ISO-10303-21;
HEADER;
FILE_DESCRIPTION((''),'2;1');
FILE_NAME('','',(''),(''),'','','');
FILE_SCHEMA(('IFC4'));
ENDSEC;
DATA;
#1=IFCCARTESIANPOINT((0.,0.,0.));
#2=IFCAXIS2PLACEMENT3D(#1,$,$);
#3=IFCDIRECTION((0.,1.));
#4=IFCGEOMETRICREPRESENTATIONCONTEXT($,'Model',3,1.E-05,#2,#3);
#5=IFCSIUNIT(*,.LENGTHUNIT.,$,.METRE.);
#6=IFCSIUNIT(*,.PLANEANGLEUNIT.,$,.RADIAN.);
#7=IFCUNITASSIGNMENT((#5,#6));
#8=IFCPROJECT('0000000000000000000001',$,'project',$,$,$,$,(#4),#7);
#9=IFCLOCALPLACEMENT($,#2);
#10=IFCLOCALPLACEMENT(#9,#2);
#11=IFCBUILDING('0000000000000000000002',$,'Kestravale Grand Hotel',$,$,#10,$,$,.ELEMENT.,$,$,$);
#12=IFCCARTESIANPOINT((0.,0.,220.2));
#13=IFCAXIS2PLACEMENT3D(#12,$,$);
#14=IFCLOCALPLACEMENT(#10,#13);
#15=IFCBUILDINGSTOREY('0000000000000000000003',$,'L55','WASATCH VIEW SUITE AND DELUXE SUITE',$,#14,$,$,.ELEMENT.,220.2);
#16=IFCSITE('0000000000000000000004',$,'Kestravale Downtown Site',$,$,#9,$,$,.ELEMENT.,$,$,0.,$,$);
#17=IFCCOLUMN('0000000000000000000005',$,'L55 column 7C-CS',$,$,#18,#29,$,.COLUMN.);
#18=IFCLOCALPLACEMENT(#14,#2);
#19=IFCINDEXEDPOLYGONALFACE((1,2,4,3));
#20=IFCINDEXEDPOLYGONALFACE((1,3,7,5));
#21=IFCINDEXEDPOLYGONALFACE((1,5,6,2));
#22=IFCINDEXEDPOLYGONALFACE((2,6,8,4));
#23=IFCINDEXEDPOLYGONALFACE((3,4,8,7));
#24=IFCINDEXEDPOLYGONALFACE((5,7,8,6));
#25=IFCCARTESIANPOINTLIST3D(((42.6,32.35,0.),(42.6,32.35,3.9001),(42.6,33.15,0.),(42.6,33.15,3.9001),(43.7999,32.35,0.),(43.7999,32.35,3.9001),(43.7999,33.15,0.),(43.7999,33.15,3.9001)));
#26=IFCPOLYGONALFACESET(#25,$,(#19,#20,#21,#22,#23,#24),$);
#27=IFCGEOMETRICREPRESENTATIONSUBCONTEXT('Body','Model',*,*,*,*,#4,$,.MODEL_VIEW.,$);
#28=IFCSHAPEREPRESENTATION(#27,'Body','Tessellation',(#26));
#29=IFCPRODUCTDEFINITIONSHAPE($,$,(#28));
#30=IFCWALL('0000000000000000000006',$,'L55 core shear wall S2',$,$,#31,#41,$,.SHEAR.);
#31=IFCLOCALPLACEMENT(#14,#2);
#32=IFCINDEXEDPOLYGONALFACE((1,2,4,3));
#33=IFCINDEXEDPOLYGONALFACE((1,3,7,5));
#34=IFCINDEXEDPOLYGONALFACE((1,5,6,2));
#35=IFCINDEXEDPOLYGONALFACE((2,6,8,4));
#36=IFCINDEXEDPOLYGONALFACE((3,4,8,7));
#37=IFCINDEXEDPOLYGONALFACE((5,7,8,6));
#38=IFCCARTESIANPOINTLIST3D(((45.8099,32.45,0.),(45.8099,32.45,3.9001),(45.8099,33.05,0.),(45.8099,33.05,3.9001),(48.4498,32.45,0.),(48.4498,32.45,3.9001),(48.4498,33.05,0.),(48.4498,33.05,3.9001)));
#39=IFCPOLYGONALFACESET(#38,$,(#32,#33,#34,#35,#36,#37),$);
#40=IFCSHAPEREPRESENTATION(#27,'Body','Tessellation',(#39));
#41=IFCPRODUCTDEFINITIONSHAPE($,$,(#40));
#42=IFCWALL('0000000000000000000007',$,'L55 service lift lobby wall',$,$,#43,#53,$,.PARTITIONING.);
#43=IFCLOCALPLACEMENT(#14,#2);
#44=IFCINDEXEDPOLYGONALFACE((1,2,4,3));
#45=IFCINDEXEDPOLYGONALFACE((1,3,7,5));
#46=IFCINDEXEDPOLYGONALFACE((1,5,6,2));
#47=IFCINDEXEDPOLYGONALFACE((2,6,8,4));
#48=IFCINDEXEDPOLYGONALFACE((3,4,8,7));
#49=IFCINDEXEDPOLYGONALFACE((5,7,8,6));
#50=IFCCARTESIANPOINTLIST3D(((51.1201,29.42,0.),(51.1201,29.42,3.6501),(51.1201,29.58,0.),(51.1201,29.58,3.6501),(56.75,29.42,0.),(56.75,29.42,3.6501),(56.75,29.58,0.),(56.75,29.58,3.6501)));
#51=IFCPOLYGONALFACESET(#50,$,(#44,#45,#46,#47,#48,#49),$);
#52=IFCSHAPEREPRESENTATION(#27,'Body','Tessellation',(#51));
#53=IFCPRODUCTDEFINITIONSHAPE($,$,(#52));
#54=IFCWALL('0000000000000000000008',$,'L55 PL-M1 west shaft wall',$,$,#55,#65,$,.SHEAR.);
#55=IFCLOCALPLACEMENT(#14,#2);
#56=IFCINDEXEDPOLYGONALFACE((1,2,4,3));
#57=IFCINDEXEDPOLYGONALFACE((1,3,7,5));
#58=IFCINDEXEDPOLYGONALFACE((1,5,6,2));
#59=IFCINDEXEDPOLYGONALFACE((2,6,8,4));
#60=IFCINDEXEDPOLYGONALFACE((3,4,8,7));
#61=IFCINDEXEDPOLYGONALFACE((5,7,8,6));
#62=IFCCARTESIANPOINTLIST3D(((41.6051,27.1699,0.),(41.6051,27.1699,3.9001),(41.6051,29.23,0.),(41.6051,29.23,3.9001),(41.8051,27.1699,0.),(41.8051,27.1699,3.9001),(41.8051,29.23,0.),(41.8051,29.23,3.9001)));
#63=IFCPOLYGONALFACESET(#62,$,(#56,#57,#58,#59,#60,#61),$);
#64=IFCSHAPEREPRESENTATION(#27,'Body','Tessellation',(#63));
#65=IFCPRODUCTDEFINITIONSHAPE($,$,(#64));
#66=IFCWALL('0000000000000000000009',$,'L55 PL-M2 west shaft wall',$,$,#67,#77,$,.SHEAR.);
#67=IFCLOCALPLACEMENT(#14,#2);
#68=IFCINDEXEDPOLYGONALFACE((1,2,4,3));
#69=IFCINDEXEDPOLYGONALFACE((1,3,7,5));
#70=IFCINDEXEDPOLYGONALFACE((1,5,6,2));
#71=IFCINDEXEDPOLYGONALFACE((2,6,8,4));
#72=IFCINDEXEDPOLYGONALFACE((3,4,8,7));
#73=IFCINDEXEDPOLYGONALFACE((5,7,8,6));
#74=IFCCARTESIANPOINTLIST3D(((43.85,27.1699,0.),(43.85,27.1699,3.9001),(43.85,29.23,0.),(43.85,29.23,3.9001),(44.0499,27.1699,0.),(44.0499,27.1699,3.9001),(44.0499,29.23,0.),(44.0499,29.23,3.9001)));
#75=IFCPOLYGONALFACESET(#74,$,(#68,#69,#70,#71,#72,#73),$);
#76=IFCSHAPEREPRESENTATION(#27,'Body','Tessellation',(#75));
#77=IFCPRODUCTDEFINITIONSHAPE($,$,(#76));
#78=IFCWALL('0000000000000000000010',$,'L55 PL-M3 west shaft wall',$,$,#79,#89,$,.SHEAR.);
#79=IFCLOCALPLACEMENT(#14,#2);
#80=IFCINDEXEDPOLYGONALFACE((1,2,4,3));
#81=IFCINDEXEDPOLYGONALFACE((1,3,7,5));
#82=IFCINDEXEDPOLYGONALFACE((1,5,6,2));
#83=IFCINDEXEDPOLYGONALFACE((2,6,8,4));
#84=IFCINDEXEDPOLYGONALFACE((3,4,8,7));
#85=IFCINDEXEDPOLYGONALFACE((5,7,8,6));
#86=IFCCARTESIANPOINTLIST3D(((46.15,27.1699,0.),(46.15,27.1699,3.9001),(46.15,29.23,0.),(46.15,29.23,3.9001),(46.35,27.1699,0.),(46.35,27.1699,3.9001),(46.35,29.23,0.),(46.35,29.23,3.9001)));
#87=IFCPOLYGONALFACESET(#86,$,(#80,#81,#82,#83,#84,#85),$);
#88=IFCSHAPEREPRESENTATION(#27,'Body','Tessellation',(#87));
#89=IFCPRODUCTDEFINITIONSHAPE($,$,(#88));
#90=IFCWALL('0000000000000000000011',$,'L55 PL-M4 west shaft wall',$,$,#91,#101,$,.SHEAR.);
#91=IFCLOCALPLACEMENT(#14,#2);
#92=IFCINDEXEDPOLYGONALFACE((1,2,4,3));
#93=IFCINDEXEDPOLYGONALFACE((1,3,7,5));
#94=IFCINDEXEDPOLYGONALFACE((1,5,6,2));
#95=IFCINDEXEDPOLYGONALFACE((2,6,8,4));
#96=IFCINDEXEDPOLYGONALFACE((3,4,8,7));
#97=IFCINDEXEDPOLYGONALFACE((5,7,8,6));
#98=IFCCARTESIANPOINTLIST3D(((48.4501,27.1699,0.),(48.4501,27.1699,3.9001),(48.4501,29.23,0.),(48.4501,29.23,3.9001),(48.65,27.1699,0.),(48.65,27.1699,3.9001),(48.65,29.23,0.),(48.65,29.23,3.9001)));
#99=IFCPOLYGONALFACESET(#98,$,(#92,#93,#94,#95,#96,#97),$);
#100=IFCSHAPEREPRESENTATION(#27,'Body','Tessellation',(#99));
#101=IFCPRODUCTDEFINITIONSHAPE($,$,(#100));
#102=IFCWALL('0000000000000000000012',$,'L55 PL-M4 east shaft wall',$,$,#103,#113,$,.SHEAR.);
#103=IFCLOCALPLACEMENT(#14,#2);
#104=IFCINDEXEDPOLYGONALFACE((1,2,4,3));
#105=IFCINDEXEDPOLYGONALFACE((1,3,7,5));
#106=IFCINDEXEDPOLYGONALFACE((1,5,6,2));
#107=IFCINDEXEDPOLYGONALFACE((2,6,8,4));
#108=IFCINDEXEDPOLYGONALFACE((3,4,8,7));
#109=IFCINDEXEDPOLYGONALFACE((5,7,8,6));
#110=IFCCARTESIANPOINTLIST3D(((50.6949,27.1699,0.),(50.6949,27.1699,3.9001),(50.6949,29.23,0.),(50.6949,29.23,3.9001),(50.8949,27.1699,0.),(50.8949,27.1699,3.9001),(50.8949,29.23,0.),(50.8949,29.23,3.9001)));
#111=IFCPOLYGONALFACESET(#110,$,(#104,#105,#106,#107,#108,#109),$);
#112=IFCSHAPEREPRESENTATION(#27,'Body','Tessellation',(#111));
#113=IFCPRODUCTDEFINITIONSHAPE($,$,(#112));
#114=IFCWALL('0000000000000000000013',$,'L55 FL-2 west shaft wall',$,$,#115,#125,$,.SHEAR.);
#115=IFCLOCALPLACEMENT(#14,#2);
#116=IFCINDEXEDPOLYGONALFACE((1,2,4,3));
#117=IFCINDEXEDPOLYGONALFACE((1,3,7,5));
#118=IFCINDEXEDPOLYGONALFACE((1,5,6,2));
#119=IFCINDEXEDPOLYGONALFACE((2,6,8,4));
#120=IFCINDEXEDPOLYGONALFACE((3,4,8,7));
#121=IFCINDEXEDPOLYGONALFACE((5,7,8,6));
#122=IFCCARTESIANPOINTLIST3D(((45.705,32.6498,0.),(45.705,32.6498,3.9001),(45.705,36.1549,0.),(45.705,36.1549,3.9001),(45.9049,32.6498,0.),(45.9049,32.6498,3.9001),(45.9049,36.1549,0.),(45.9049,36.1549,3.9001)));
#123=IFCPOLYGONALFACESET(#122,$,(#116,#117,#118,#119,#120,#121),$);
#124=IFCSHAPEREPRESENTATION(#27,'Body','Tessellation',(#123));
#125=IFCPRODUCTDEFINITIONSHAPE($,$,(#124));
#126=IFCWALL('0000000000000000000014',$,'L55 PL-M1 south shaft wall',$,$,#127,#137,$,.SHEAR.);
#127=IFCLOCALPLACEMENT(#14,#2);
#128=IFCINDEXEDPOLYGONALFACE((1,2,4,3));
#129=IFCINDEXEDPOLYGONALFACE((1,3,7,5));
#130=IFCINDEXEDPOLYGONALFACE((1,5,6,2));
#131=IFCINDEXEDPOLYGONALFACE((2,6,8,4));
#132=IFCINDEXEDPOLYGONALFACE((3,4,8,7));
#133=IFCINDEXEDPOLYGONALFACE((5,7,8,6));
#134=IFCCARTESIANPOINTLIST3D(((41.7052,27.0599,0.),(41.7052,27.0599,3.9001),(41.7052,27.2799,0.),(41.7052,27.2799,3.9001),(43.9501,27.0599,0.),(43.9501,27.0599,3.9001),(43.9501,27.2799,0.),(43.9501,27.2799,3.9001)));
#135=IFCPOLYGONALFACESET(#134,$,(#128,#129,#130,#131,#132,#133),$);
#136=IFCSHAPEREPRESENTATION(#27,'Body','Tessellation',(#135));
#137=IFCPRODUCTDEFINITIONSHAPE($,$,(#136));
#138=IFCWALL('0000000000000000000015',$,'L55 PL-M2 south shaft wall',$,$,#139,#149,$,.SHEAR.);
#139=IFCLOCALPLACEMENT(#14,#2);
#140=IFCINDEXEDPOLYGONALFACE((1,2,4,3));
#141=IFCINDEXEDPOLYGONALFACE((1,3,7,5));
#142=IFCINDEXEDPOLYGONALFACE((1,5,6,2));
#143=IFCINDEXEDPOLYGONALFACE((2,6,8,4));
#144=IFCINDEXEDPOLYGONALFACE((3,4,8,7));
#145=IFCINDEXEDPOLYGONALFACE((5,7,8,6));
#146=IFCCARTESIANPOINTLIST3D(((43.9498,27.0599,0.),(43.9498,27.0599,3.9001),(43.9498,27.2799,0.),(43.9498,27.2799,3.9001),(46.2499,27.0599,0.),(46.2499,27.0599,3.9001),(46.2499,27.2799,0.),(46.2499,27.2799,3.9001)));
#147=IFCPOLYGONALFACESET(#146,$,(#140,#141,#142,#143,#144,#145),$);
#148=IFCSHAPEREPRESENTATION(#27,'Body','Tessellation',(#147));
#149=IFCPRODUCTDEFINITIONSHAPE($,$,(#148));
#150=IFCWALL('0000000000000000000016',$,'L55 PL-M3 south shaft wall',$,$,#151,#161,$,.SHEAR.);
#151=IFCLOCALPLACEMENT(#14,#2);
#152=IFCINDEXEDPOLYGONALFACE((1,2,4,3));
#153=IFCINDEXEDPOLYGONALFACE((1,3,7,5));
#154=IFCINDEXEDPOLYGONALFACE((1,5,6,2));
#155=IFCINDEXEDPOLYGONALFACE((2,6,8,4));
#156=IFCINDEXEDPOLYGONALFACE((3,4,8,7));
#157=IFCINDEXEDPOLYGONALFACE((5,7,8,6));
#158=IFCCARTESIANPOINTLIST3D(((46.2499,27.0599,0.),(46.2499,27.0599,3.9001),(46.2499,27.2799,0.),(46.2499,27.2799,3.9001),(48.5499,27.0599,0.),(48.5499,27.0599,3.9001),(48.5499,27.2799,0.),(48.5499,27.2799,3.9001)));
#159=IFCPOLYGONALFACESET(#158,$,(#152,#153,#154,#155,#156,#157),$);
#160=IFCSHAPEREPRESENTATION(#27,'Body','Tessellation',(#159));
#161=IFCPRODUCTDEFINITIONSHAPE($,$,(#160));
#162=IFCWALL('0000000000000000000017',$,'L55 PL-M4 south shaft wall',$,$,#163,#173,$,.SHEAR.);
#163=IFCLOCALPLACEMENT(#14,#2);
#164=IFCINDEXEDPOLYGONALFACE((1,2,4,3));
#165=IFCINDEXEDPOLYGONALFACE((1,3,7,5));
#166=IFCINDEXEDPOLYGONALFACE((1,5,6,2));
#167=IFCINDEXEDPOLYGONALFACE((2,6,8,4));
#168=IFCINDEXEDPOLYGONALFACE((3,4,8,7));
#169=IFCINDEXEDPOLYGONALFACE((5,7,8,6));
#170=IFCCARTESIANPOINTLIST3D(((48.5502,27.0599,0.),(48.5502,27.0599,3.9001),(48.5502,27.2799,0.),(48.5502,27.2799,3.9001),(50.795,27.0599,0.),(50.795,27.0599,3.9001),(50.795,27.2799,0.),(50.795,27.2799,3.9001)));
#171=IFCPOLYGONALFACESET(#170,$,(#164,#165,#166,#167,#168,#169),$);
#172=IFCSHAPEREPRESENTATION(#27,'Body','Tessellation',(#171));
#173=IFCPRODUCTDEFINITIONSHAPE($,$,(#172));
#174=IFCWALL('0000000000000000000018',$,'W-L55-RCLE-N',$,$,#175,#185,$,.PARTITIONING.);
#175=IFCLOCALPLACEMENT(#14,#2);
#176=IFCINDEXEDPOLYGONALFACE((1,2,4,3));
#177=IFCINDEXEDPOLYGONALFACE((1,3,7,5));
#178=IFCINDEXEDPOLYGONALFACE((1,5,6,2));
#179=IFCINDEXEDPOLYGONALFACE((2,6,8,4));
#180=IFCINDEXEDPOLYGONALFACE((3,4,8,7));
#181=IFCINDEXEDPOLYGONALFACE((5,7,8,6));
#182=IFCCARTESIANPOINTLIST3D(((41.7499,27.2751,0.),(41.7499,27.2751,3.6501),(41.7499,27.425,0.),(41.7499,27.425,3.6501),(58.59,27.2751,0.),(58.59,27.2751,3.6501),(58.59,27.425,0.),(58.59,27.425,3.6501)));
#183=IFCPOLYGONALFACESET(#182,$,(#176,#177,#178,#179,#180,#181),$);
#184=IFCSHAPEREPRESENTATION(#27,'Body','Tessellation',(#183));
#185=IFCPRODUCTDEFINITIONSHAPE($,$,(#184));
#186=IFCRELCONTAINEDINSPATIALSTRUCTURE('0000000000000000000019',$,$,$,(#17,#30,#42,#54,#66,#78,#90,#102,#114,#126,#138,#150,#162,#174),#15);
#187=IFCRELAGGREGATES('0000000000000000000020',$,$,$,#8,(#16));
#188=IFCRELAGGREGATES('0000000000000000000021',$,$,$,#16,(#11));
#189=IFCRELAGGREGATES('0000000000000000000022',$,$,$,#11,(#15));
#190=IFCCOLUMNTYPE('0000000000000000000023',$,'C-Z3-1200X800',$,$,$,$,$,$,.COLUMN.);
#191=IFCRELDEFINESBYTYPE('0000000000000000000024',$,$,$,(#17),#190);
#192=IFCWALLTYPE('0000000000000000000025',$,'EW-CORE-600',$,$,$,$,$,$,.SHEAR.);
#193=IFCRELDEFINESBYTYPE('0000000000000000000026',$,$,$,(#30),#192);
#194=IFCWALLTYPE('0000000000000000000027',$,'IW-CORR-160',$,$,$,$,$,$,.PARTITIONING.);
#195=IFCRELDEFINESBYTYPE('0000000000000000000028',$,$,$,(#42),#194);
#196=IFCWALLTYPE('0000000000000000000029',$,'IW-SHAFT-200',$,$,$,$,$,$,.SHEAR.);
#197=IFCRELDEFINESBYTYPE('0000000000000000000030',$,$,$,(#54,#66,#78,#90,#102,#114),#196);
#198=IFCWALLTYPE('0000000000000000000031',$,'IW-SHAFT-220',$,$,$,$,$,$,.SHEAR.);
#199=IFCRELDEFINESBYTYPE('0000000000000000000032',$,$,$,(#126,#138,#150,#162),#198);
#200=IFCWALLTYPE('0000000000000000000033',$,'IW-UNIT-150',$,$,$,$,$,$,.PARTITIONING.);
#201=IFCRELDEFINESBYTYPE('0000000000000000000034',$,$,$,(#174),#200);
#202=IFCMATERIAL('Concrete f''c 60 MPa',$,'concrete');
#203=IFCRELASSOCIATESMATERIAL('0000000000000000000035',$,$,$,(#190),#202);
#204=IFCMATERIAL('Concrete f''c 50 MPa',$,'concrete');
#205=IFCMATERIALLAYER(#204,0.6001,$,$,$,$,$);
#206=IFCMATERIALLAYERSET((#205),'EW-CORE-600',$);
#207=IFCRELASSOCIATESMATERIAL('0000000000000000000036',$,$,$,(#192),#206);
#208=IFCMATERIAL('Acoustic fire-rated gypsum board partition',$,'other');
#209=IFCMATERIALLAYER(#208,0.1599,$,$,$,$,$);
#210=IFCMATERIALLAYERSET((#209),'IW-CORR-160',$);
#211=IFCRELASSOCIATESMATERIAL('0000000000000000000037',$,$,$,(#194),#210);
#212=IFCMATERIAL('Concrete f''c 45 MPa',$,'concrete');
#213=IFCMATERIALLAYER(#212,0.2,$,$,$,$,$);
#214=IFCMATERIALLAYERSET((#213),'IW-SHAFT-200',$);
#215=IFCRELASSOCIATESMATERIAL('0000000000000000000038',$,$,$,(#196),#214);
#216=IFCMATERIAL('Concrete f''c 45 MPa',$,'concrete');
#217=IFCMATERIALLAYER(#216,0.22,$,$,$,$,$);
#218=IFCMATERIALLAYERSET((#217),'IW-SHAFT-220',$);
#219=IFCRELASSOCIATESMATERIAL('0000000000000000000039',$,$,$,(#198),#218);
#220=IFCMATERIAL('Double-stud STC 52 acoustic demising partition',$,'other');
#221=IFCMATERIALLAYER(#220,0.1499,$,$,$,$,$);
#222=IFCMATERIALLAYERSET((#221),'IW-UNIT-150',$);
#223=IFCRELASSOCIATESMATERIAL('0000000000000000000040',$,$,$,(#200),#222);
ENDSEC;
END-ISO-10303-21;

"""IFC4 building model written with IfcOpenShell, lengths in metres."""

from ifc_helpers import new_model, si_unit, direction, frame, frame_2d, origin, origin_2d, place, context, subcontext, project, spatial, rectangle, extrude, material, layer, layer_set, material_profile, profile_set, type_object, element, save


model = new_model("IFC4")

# Units and contexts
model_context = context("Model", 3, precision=1e-05, world=origin(), true_north=direction((0.0, 1.0)))
body_context = subcontext(model_context, "Body", "Model", "MODEL_VIEW")
ifc_project = project(units=[si_unit("LENGTHUNIT", "METRE"), si_unit("PLANEANGLEUNIT", "RADIAN")], contexts=[model_context])

# Site, building, storey
site_placement = place(None, origin())
site = spatial("IfcSite", under=ifc_project, at=site_placement, Name="Kestravale Downtown Site", CompositionType="ELEMENT", RefElevation=0.0)
building_placement = place(site_placement, origin())
building = spatial("IfcBuilding", under=site, at=building_placement, Name="Kestravale Grand Hotel", CompositionType="ELEMENT")
storey_placement = place(building_placement, frame((0.0, 0.0, 220.2)))
storey = spatial("IfcBuildingStorey", under=building, at=storey_placement, Name="L55", Description="WASATCH VIEW SUITE AND DELUXE SUITE", CompositionType="ELEMENT", Elevation=220.2)

# Column
ifc_material_1 = material(Name="Concrete f'c 60 MPa", Category="concrete")
ifc_material_profile = material_profile(ifc_material_1, rectangle(XDim=1.2, YDim=0.8, at=origin_2d()))
ifc_profile_set = profile_set([ifc_material_profile], Name="Concrete f'c 60 MPa")
column_type = type_object("IfcColumnType", Name="C-Z3-1200X800", PredefinedType="COLUMN", material=ifc_profile_set)
column_placement = place(storey_placement, frame((43.2, 32.75, 0.0), z_axis=(0.0, 0.0, 1.0), x_axis=(1.0, 0.0, 0.0)))
element("IfcColumn", 1, at=column_placement, inside=storey, type_object=column_type, Name="L55 column 7C-CS", PredefinedType="COLUMN", context=body_context, shape_type="SweptSolid", body=[
    extrude(rectangle(XDim=1.2, YDim=0.8, at=origin_2d()), origin(), (0.0, 0.0, 1.0), 3.9001),
])

# Wall
ifc_material_2 = material(Name="Concrete f'c 50 MPa", Category="concrete")
ifc_layer_1 = layer(ifc_material_2, 0.6001)
ifc_layer_set_1 = layer_set([ifc_layer_1], Name="EW-CORE-600")
wall_type_1 = type_object("IfcWallType", Name="EW-CORE-600", PredefinedType="SHEAR", material=ifc_layer_set_1)
wall_1_placement = place(storey_placement, frame((45.8101, 32.75, 0.0), z_axis=(0.0, 0.0, 1.0), x_axis=(1.0, 0.0, 0.0)))
element("IfcWall", 2, at=wall_1_placement, inside=storey, type_object=wall_type_1, Name="L55 core shear wall S2", PredefinedType="SHEAR", context=body_context, shape_type="SweptSolid", body=[
    extrude(rectangle(XDim=2.6399, YDim=0.6001, at=frame_2d((1.3198, 0.0))), origin(), (0.0, 0.0, 1.0), 3.9001),
])

# Shared definitions
ifc_material_3 = material(Name="Acoustic fire-rated gypsum board partition", Category="other")
ifc_layer_2 = layer(ifc_material_3, 0.1599)
ifc_layer_set_2 = layer_set([ifc_layer_2], Name="IW-CORR-160")
wall_type_2 = type_object("IfcWallType", Name="IW-CORR-160", PredefinedType="PARTITIONING", material=ifc_layer_set_2)

# Walls
wall_2_placement = place(storey_placement, frame((51.1201, 29.5, 0.0), z_axis=(0.0, 0.0, 1.0), x_axis=(1.0, 0.0, 0.0)))
element("IfcWall", 3, at=wall_2_placement, inside=storey, type_object=wall_type_2, Name="L55 service lift lobby wall", PredefinedType="PARTITIONING", context=body_context, shape_type="SweptSolid", body=[
    extrude(rectangle(XDim=5.6299, YDim=0.1599, at=frame_2d((2.8149, 0.0))), origin(), (0.0, 0.0, 1.0), 3.6501),
])
ifc_material_4 = material(Name="Concrete f'c 45 MPa", Category="concrete")
ifc_layer_3 = layer(ifc_material_4, 0.2)
ifc_layer_set_3 = layer_set([ifc_layer_3], Name="IW-SHAFT-200")
wall_type_3 = type_object("IfcWallType", Name="IW-SHAFT-200", PredefinedType="SHEAR", material=ifc_layer_set_3)
for number, where, z_axis, x_axis, name in (
    (4, (41.7051, 27.1699, 0.0), (0.0, 0.0, 1.0), (0.0, 1.0, 0.0), "L55 PL-M1 west shaft wall"),
    (5, (43.95, 27.1699, 0.0), (0.0, 0.0, 1.0), (0.0, 1.0, 0.0), "L55 PL-M2 west shaft wall"),
    (6, (46.25, 27.1699, 0.0), (0.0, 0.0, 1.0), (0.0, 1.0, 0.0), "L55 PL-M3 west shaft wall"),
    (7, (48.55, 27.1699, 0.0), (0.0, 0.0, 1.0), (0.0, 1.0, 0.0), "L55 PL-M4 west shaft wall"),
    (8, (50.7949, 27.1699, 0.0), (0.0, 0.0, 1.0), (0.0, 1.0, 0.0), "L55 PL-M4 east shaft wall"),
):
    element("IfcWall", number, at=place(storey_placement, frame(where, z_axis=z_axis, x_axis=x_axis)), inside=storey, type_object=wall_type_3, Name=name, PredefinedType="SHEAR", context=body_context, shape_type="SweptSolid", body=[
        extrude(rectangle(XDim=2.0601, YDim=0.2, at=frame_2d((1.03, 0.0))), origin(), (0.0, 0.0, 1.0), 3.9001),
    ])
wall_3_placement = place(storey_placement, frame((45.8049, 32.6499, 0.0), z_axis=(0.0, 0.0, 1.0), x_axis=(0.0, 1.0, 0.0)))
element("IfcWall", 9, at=wall_3_placement, inside=storey, type_object=wall_type_3, Name="L55 FL-2 west shaft wall", PredefinedType="SHEAR", context=body_context, shape_type="SweptSolid", body=[
    extrude(rectangle(XDim=3.5051, YDim=0.2, at=frame_2d((1.7524, 0.0))), origin(), (0.0, 0.0, 1.0), 3.9001),
])

# Shared definitions
ifc_material_5 = material(Name="Concrete f'c 45 MPa", Category="concrete")
ifc_layer_4 = layer(ifc_material_5, 0.22)
ifc_layer_set_4 = layer_set([ifc_layer_4], Name="IW-SHAFT-220")
wall_type_4 = type_object("IfcWallType", Name="IW-SHAFT-220", PredefinedType="SHEAR", material=ifc_layer_set_4)

# Wall
wall_4_placement = place(storey_placement, frame((41.7051, 27.1699, 0.0), z_axis=(0.0, 0.0, 1.0), x_axis=(1.0, 0.0, 0.0)))
element("IfcWall", 10, at=wall_4_placement, inside=storey, type_object=wall_type_4, Name="L55 PL-M1 south shaft wall", PredefinedType="SHEAR", context=body_context, shape_type="SweptSolid", body=[
    extrude(rectangle(XDim=2.2449, YDim=0.22, at=frame_2d((1.1226, 0.0))), origin(), (0.0, 0.0, 1.0), 3.9001),
])

# Wall
wall_5_placement = place(storey_placement, frame((43.95, 27.1699, 0.0), z_axis=(0.0, 0.0, 1.0), x_axis=(1.0, 0.0, 0.0)))
element("IfcWall", 11, at=wall_5_placement, inside=storey, type_object=wall_type_4, Name="L55 PL-M2 south shaft wall", PredefinedType="SHEAR", context=body_context, shape_type="SweptSolid", body=[
    extrude(rectangle(XDim=2.3, YDim=0.22, at=frame_2d((1.1499, 0.0))), origin(), (0.0, 0.0, 1.0), 3.9001),
])

# Wall
wall_6_placement = place(storey_placement, frame((46.25, 27.1699, 0.0), z_axis=(0.0, 0.0, 1.0), x_axis=(1.0, 0.0, 0.0)))
element("IfcWall", 12, at=wall_6_placement, inside=storey, type_object=wall_type_4, Name="L55 PL-M3 south shaft wall", PredefinedType="SHEAR", context=body_context, shape_type="SweptSolid", body=[
    extrude(rectangle(XDim=2.3, YDim=0.22, at=frame_2d((1.1499, 0.0))), origin(), (0.0, 0.0, 1.0), 3.9001),
])

# Walls
wall_7_placement = place(storey_placement, frame((48.55, 27.1699, 0.0), z_axis=(0.0, 0.0, 1.0), x_axis=(1.0, 0.0, 0.0)))
element("IfcWall", 13, at=wall_7_placement, inside=storey, type_object=wall_type_4, Name="L55 PL-M4 south shaft wall", PredefinedType="SHEAR", context=body_context, shape_type="SweptSolid", body=[
    extrude(rectangle(XDim=2.2449, YDim=0.22, at=frame_2d((1.1226, 0.0))), origin(), (0.0, 0.0, 1.0), 3.9001),
])
ifc_material_6 = material(Name="Double-stud STC 52 acoustic demising partition", Category="other")
ifc_layer_5 = layer(ifc_material_6, 0.1499)
ifc_layer_set_5 = layer_set([ifc_layer_5], Name="IW-UNIT-150")
wall_type_5 = type_object("IfcWallType", Name="IW-UNIT-150", PredefinedType="PARTITIONING", material=ifc_layer_set_5)
wall_8_placement = place(storey_placement, frame((41.75, 27.3501, 0.0), z_axis=(0.0, 0.0, 1.0), x_axis=(1.0, 0.0, 0.0)))
element("IfcWall", 14, at=wall_8_placement, inside=storey, type_object=wall_type_5, Name="W-L55-RCLE-N", PredefinedType="PARTITIONING", context=body_context, shape_type="SweptSolid", body=[
    extrude(rectangle(XDim=16.8401, YDim=0.1499, at=frame_2d((8.4199, 0.0))), origin(), (0.0, 0.0, 1.0), 3.6501),
])

save(model, "model.ifc")
